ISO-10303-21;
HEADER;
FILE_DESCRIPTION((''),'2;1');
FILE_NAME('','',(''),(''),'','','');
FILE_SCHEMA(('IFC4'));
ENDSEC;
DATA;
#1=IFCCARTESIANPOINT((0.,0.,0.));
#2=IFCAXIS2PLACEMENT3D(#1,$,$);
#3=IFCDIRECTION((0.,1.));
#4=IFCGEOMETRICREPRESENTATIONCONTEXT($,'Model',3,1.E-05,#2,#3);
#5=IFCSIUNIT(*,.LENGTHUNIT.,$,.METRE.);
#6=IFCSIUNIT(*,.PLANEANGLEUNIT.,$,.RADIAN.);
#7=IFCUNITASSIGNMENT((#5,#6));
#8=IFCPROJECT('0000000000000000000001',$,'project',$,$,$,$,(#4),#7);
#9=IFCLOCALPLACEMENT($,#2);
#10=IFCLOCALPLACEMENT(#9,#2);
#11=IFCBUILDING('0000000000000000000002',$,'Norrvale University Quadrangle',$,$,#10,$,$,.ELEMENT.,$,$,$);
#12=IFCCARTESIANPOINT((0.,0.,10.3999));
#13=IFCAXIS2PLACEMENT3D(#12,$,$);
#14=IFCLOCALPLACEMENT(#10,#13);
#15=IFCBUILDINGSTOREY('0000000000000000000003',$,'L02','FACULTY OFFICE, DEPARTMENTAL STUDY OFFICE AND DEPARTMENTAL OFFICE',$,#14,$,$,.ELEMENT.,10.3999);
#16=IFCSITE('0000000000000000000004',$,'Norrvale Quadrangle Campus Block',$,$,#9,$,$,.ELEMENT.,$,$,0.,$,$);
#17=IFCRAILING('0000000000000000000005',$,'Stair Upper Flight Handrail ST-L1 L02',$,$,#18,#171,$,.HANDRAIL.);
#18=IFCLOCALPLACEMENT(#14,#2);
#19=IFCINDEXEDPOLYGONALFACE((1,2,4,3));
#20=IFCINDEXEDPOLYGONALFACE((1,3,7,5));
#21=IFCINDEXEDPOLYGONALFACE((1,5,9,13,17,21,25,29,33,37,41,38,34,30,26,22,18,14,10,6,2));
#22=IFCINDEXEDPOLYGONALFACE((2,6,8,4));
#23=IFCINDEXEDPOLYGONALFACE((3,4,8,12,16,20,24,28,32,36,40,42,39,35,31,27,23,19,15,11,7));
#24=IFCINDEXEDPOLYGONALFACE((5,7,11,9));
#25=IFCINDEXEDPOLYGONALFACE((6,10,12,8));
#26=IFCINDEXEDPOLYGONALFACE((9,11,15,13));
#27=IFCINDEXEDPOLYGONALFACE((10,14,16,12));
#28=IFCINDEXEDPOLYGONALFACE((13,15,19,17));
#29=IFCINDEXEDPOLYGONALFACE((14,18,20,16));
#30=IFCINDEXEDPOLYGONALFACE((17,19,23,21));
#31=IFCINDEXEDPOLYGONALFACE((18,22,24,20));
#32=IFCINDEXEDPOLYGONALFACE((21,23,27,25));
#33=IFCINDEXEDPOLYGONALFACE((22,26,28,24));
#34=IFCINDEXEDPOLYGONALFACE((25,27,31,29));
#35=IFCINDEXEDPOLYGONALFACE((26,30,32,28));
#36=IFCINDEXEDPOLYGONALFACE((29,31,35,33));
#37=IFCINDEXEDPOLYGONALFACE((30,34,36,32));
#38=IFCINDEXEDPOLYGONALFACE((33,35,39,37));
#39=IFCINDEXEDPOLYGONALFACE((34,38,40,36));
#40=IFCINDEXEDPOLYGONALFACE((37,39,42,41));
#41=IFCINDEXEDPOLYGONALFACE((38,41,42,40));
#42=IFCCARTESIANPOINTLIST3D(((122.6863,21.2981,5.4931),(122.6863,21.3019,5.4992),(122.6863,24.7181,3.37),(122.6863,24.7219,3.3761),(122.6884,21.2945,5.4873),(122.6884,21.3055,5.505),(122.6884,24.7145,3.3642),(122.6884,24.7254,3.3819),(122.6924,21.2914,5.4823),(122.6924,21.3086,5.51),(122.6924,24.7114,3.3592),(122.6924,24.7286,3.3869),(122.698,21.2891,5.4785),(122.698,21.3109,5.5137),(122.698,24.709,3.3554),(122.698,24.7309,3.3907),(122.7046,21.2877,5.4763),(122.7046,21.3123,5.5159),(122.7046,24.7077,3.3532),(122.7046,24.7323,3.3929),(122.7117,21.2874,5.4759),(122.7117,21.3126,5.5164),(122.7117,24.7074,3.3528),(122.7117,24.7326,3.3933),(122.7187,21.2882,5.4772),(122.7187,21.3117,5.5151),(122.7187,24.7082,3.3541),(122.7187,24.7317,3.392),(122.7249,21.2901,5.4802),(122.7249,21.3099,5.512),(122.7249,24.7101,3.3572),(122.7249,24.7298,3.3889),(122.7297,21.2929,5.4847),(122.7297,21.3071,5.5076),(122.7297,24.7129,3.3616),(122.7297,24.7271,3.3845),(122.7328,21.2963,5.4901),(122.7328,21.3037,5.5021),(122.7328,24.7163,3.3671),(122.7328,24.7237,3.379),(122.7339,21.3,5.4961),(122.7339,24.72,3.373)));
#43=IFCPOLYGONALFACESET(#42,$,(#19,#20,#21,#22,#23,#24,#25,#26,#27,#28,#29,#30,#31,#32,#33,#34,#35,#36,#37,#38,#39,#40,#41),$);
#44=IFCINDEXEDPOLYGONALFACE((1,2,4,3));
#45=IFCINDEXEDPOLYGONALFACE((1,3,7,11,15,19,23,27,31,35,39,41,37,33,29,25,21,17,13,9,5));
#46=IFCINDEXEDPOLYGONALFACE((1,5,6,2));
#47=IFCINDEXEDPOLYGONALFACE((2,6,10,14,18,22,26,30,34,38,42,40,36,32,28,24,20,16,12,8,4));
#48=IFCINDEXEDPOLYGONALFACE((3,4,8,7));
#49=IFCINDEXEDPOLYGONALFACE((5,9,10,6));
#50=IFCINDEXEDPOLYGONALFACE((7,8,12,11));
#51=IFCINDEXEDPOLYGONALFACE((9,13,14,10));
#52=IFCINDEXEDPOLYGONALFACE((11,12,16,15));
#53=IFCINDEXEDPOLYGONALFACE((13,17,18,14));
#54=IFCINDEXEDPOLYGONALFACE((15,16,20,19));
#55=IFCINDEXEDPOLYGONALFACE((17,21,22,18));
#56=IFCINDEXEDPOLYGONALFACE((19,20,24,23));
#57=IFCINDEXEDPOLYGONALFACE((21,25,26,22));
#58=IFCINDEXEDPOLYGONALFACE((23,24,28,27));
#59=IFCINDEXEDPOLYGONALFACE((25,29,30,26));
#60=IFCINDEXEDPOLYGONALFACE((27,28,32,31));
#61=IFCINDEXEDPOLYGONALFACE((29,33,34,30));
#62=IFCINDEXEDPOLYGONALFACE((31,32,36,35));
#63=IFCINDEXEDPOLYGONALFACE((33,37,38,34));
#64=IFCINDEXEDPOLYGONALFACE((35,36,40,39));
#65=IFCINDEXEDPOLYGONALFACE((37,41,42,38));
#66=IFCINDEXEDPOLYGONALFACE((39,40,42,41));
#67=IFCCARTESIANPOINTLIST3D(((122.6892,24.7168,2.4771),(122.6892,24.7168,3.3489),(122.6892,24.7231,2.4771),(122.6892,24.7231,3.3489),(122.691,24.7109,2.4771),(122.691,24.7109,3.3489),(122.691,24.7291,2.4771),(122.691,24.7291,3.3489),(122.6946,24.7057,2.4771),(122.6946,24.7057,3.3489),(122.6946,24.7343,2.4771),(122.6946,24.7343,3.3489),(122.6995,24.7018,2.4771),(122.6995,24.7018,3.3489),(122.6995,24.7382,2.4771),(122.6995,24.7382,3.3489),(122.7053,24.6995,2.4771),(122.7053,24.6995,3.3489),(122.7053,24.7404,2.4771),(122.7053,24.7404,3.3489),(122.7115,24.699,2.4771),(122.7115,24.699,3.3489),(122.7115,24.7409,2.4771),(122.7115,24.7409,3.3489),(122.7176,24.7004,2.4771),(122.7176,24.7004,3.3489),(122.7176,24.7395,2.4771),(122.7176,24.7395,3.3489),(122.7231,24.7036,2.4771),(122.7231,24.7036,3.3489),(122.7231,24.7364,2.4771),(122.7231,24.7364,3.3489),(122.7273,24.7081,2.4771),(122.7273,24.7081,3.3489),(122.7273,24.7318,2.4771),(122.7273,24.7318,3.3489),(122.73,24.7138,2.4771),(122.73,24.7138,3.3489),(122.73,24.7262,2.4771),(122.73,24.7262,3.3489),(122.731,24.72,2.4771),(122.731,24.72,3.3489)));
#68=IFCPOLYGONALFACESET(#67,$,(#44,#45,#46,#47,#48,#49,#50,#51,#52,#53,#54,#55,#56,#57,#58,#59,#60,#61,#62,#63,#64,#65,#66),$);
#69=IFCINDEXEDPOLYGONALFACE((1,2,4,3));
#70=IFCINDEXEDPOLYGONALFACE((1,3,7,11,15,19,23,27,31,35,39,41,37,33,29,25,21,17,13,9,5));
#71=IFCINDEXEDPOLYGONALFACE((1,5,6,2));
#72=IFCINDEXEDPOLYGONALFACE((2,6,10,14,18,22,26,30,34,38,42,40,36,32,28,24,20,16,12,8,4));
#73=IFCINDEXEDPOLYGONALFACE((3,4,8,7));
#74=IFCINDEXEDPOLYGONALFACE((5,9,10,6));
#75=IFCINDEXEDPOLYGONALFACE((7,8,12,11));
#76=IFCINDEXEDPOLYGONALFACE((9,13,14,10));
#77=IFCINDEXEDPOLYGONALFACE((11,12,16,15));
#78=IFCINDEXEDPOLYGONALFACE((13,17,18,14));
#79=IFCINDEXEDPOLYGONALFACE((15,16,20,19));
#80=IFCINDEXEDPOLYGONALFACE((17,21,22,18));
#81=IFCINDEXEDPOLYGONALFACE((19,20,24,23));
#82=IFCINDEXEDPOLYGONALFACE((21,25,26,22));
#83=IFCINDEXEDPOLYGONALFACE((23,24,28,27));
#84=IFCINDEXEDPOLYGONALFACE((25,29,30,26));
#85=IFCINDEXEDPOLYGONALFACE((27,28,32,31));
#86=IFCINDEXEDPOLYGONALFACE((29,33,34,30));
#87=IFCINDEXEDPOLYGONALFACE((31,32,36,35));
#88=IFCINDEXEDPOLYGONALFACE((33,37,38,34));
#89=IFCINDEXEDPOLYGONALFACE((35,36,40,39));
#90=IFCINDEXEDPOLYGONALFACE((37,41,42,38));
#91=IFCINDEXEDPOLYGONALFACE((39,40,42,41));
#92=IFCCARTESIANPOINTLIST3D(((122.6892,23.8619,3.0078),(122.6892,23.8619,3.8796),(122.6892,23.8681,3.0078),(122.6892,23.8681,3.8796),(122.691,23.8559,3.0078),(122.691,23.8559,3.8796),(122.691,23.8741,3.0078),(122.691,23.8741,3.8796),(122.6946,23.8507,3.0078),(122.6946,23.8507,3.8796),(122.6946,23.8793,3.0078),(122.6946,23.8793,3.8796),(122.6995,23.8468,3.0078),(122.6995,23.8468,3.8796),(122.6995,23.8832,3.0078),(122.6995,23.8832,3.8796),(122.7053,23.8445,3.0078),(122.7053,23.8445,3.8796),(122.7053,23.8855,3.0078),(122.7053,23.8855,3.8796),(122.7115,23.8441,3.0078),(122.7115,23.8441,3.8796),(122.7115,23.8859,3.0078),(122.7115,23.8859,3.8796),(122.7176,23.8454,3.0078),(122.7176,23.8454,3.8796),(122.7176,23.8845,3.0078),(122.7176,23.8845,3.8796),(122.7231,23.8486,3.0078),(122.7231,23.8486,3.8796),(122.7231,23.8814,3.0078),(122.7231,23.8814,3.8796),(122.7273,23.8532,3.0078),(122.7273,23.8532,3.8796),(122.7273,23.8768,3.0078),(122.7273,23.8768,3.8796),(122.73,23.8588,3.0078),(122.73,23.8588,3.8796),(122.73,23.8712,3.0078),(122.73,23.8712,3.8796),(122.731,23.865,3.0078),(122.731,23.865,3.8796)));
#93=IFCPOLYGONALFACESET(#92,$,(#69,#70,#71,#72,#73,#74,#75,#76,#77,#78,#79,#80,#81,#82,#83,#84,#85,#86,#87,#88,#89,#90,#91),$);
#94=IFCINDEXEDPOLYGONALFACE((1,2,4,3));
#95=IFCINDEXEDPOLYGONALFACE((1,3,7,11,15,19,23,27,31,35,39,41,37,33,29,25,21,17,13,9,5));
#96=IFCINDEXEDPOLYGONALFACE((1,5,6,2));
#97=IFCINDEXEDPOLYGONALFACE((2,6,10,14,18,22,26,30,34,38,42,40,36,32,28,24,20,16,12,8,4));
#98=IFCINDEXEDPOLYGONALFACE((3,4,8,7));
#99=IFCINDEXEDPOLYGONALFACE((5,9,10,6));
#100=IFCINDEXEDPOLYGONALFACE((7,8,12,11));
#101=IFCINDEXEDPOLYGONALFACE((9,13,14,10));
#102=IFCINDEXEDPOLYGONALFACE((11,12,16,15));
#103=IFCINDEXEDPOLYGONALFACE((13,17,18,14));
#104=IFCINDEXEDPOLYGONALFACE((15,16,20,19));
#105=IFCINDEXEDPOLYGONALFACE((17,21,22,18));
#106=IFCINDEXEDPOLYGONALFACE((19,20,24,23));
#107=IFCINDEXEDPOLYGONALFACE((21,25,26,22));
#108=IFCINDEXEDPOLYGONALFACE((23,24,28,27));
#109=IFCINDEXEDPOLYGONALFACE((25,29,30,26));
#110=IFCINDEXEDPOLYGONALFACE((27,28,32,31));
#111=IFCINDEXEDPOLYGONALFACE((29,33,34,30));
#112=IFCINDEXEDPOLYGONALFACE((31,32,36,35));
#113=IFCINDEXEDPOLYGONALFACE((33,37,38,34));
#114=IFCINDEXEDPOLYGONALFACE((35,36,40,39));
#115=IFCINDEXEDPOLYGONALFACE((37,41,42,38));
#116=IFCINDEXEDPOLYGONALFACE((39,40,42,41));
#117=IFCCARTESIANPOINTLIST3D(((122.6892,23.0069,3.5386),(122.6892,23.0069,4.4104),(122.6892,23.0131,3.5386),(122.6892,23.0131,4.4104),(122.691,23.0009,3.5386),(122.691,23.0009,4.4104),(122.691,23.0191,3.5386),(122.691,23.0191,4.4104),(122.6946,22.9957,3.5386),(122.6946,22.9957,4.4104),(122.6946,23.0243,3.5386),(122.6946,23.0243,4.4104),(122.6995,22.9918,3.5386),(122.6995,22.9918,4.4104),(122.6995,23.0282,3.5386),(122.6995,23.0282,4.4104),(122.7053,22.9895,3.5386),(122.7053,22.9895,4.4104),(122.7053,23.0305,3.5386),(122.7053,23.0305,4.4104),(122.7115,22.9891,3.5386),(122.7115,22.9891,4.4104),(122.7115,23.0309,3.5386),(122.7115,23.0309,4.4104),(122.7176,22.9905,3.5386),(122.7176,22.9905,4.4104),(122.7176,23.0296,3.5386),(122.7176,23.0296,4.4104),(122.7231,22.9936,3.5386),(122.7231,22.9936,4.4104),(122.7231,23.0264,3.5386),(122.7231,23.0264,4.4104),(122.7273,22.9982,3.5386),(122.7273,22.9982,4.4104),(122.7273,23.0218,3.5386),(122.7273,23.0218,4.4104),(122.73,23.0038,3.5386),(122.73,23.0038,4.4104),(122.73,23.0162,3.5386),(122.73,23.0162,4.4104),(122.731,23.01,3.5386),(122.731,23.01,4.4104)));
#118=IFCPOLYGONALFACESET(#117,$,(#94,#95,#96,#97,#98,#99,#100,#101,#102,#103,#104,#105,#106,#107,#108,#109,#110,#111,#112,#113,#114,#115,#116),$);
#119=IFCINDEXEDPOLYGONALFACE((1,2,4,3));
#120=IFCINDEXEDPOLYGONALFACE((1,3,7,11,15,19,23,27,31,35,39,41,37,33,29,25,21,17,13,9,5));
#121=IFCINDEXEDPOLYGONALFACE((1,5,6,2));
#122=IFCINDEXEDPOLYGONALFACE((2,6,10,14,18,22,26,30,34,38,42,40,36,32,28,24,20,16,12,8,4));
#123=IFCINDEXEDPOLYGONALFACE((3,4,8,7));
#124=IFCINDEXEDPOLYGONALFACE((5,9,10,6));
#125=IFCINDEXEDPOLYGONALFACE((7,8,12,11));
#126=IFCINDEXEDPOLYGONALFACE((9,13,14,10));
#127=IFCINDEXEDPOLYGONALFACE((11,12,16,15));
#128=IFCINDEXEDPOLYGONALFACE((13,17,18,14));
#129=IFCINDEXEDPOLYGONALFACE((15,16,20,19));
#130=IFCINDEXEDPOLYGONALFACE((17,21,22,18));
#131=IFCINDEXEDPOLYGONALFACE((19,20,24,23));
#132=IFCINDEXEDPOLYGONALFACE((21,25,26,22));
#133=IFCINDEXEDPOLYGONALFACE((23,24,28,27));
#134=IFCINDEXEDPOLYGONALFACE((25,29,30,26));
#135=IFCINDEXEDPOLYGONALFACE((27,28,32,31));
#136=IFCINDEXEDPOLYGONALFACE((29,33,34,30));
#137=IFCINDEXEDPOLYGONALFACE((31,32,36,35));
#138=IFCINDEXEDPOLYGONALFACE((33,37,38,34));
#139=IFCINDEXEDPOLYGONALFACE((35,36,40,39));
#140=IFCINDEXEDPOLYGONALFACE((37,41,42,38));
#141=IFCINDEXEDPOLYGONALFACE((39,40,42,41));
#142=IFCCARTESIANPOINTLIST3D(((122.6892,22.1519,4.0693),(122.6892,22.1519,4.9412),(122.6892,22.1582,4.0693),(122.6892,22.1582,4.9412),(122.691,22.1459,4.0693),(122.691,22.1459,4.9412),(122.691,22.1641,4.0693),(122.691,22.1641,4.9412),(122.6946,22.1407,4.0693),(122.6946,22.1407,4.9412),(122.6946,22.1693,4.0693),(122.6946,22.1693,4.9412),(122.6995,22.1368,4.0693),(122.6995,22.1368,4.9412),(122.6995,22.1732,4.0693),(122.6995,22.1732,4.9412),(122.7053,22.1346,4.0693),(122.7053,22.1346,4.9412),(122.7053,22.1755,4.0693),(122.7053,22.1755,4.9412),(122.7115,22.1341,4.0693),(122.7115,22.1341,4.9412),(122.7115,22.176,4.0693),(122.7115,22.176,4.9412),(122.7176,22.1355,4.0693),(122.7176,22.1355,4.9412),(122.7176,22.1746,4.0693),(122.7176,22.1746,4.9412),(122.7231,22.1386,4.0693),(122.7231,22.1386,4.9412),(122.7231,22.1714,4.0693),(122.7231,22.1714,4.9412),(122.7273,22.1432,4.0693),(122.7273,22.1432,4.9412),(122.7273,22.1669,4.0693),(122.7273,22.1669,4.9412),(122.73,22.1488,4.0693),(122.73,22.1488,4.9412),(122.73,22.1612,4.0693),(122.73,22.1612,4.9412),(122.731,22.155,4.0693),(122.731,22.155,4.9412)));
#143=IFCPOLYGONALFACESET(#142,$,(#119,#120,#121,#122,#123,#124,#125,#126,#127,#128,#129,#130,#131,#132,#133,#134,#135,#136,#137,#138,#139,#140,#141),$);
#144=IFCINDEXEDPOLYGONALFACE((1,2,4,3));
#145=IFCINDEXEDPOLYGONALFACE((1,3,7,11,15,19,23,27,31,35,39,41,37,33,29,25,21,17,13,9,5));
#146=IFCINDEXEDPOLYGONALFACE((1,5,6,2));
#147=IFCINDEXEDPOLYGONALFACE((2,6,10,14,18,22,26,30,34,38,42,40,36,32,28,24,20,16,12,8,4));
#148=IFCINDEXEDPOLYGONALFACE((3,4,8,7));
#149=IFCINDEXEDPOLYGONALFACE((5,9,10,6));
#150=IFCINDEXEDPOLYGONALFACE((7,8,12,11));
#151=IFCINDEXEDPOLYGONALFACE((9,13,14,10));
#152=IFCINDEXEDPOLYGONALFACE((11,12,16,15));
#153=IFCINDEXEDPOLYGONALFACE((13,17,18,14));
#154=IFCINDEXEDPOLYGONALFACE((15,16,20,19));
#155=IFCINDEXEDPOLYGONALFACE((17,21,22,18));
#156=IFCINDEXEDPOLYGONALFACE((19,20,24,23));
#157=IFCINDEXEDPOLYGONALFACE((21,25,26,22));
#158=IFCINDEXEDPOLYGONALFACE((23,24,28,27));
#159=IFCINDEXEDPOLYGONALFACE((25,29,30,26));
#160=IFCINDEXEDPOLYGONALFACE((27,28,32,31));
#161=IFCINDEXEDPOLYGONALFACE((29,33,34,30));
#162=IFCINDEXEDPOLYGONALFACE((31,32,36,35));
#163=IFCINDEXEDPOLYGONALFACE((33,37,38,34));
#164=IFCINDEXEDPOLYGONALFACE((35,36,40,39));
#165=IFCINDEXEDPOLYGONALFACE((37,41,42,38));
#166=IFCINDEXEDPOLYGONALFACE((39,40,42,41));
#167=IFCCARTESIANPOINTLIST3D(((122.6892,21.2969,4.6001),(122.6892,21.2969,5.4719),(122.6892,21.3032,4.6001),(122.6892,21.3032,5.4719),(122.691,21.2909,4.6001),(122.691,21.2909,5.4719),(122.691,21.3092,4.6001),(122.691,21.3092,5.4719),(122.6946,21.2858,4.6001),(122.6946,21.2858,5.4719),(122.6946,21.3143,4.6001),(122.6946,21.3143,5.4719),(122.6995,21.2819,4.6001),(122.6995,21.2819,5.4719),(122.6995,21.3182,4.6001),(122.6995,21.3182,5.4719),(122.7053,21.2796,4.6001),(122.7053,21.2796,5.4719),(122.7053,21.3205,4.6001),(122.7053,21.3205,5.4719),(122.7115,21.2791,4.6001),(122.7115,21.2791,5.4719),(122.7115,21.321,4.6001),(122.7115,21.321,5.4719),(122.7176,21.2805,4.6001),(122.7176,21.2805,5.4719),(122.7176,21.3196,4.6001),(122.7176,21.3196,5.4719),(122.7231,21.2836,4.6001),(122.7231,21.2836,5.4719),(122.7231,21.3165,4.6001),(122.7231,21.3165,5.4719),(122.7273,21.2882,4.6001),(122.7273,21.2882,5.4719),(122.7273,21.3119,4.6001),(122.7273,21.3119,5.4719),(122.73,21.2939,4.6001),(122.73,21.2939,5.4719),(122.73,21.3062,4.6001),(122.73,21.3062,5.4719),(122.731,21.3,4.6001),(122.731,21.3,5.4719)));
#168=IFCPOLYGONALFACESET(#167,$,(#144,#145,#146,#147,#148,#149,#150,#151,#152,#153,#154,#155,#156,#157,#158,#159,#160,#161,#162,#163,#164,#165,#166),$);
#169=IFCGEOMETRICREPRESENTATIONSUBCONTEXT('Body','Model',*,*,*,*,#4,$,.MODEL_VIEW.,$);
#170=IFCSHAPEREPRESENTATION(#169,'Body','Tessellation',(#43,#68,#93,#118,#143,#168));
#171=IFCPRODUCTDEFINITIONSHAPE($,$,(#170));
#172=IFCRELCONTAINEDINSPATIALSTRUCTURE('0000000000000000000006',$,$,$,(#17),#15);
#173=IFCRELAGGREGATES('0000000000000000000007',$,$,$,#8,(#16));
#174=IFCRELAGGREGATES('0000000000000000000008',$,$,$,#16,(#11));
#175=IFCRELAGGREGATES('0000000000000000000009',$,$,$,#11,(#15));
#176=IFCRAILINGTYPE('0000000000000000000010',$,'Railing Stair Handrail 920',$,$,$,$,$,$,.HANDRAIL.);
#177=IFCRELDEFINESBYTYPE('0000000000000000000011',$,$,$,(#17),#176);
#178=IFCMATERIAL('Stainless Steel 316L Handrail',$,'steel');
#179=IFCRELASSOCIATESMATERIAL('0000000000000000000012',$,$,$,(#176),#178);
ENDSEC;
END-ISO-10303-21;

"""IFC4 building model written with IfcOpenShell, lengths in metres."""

from ifc_helpers import new_model, si_unit, direction, frame, origin, origin_2d, place, context, subcontext, project, spatial, circle, extrude, material, type_object, element, save


model = new_model("IFC4")

# Units and contexts
model_context = context("Model", 3, precision=1e-05, world=origin(), true_north=direction((0.0, 1.0)))
body_context = subcontext(model_context, "Body", "Model", "MODEL_VIEW")
ifc_project = project(units=[si_unit("LENGTHUNIT", "METRE"), si_unit("PLANEANGLEUNIT", "RADIAN")], contexts=[model_context])

# Site, building, storey
site_placement = place(None, origin())
site = spatial("IfcSite", under=ifc_project, at=site_placement, Name="Norrvale Quadrangle Campus Block", CompositionType="ELEMENT", RefElevation=0.0)
building_placement = place(site_placement, origin())
building = spatial("IfcBuilding", under=site, at=building_placement, Name="Norrvale University Quadrangle", CompositionType="ELEMENT")
storey_placement = place(building_placement, frame((0.0, 0.0, 10.3999)))
storey = spatial("IfcBuildingStorey", under=building, at=storey_placement, Name="L02", Description="FACULTY OFFICE, DEPARTMENTAL STUDY OFFICE AND DEPARTMENTAL OFFICE", CompositionType="ELEMENT", Elevation=10.3999)

# Railing
ifc_material_1 = material(Name="Stainless Steel 316L Handrail", Category="steel")
railing_type_1 = type_object("IfcRailingType", Name="Railing Stair Handrail 920", PredefinedType="HANDRAIL", material=ifc_material_1)
railing_1_placement = place(storey_placement, frame((122.71, 24.72, 2.4771)))
element("IfcRailing", 1, at=railing_1_placement, inside=storey, type_object=railing_type_1, Name="Stair Upper Flight Handrail ST-L1 L02", PredefinedType="HANDRAIL", context=body_context, shape_type="SweptSolid", body=[
    extrude(circle(Radius=0.0239, at=origin_2d()), frame((0.0, 0.0, 0.896), z_axis=(0.0, -0.849603, 0.527423), x_axis=(1.0, 0.0, 0.0)), (0.0, 0.0, 1.0), 4.0254),
    extrude(circle(Radius=0.021, at=origin_2d()), origin(), (0.0, 0.0, 1.0), 0.8718),
    extrude(circle(Radius=0.021, at=origin_2d()), frame((0.0, -0.855, 0.5308)), (0.0, 0.0, 1.0), 0.8718),
    extrude(circle(Radius=0.021, at=origin_2d()), frame((0.0, -1.71, 1.0615)), (0.0, 0.0, 1.0), 0.8718),
    extrude(circle(Radius=0.021, at=origin_2d()), frame((0.0, -2.5649, 1.5923)), (0.0, 0.0, 1.0), 0.8718),
    extrude(circle(Radius=0.021, at=origin_2d()), frame((0.0, -3.4199, 2.123)), (0.0, 0.0, 1.0), 0.8718),
])

save(model, "model.ifc")
